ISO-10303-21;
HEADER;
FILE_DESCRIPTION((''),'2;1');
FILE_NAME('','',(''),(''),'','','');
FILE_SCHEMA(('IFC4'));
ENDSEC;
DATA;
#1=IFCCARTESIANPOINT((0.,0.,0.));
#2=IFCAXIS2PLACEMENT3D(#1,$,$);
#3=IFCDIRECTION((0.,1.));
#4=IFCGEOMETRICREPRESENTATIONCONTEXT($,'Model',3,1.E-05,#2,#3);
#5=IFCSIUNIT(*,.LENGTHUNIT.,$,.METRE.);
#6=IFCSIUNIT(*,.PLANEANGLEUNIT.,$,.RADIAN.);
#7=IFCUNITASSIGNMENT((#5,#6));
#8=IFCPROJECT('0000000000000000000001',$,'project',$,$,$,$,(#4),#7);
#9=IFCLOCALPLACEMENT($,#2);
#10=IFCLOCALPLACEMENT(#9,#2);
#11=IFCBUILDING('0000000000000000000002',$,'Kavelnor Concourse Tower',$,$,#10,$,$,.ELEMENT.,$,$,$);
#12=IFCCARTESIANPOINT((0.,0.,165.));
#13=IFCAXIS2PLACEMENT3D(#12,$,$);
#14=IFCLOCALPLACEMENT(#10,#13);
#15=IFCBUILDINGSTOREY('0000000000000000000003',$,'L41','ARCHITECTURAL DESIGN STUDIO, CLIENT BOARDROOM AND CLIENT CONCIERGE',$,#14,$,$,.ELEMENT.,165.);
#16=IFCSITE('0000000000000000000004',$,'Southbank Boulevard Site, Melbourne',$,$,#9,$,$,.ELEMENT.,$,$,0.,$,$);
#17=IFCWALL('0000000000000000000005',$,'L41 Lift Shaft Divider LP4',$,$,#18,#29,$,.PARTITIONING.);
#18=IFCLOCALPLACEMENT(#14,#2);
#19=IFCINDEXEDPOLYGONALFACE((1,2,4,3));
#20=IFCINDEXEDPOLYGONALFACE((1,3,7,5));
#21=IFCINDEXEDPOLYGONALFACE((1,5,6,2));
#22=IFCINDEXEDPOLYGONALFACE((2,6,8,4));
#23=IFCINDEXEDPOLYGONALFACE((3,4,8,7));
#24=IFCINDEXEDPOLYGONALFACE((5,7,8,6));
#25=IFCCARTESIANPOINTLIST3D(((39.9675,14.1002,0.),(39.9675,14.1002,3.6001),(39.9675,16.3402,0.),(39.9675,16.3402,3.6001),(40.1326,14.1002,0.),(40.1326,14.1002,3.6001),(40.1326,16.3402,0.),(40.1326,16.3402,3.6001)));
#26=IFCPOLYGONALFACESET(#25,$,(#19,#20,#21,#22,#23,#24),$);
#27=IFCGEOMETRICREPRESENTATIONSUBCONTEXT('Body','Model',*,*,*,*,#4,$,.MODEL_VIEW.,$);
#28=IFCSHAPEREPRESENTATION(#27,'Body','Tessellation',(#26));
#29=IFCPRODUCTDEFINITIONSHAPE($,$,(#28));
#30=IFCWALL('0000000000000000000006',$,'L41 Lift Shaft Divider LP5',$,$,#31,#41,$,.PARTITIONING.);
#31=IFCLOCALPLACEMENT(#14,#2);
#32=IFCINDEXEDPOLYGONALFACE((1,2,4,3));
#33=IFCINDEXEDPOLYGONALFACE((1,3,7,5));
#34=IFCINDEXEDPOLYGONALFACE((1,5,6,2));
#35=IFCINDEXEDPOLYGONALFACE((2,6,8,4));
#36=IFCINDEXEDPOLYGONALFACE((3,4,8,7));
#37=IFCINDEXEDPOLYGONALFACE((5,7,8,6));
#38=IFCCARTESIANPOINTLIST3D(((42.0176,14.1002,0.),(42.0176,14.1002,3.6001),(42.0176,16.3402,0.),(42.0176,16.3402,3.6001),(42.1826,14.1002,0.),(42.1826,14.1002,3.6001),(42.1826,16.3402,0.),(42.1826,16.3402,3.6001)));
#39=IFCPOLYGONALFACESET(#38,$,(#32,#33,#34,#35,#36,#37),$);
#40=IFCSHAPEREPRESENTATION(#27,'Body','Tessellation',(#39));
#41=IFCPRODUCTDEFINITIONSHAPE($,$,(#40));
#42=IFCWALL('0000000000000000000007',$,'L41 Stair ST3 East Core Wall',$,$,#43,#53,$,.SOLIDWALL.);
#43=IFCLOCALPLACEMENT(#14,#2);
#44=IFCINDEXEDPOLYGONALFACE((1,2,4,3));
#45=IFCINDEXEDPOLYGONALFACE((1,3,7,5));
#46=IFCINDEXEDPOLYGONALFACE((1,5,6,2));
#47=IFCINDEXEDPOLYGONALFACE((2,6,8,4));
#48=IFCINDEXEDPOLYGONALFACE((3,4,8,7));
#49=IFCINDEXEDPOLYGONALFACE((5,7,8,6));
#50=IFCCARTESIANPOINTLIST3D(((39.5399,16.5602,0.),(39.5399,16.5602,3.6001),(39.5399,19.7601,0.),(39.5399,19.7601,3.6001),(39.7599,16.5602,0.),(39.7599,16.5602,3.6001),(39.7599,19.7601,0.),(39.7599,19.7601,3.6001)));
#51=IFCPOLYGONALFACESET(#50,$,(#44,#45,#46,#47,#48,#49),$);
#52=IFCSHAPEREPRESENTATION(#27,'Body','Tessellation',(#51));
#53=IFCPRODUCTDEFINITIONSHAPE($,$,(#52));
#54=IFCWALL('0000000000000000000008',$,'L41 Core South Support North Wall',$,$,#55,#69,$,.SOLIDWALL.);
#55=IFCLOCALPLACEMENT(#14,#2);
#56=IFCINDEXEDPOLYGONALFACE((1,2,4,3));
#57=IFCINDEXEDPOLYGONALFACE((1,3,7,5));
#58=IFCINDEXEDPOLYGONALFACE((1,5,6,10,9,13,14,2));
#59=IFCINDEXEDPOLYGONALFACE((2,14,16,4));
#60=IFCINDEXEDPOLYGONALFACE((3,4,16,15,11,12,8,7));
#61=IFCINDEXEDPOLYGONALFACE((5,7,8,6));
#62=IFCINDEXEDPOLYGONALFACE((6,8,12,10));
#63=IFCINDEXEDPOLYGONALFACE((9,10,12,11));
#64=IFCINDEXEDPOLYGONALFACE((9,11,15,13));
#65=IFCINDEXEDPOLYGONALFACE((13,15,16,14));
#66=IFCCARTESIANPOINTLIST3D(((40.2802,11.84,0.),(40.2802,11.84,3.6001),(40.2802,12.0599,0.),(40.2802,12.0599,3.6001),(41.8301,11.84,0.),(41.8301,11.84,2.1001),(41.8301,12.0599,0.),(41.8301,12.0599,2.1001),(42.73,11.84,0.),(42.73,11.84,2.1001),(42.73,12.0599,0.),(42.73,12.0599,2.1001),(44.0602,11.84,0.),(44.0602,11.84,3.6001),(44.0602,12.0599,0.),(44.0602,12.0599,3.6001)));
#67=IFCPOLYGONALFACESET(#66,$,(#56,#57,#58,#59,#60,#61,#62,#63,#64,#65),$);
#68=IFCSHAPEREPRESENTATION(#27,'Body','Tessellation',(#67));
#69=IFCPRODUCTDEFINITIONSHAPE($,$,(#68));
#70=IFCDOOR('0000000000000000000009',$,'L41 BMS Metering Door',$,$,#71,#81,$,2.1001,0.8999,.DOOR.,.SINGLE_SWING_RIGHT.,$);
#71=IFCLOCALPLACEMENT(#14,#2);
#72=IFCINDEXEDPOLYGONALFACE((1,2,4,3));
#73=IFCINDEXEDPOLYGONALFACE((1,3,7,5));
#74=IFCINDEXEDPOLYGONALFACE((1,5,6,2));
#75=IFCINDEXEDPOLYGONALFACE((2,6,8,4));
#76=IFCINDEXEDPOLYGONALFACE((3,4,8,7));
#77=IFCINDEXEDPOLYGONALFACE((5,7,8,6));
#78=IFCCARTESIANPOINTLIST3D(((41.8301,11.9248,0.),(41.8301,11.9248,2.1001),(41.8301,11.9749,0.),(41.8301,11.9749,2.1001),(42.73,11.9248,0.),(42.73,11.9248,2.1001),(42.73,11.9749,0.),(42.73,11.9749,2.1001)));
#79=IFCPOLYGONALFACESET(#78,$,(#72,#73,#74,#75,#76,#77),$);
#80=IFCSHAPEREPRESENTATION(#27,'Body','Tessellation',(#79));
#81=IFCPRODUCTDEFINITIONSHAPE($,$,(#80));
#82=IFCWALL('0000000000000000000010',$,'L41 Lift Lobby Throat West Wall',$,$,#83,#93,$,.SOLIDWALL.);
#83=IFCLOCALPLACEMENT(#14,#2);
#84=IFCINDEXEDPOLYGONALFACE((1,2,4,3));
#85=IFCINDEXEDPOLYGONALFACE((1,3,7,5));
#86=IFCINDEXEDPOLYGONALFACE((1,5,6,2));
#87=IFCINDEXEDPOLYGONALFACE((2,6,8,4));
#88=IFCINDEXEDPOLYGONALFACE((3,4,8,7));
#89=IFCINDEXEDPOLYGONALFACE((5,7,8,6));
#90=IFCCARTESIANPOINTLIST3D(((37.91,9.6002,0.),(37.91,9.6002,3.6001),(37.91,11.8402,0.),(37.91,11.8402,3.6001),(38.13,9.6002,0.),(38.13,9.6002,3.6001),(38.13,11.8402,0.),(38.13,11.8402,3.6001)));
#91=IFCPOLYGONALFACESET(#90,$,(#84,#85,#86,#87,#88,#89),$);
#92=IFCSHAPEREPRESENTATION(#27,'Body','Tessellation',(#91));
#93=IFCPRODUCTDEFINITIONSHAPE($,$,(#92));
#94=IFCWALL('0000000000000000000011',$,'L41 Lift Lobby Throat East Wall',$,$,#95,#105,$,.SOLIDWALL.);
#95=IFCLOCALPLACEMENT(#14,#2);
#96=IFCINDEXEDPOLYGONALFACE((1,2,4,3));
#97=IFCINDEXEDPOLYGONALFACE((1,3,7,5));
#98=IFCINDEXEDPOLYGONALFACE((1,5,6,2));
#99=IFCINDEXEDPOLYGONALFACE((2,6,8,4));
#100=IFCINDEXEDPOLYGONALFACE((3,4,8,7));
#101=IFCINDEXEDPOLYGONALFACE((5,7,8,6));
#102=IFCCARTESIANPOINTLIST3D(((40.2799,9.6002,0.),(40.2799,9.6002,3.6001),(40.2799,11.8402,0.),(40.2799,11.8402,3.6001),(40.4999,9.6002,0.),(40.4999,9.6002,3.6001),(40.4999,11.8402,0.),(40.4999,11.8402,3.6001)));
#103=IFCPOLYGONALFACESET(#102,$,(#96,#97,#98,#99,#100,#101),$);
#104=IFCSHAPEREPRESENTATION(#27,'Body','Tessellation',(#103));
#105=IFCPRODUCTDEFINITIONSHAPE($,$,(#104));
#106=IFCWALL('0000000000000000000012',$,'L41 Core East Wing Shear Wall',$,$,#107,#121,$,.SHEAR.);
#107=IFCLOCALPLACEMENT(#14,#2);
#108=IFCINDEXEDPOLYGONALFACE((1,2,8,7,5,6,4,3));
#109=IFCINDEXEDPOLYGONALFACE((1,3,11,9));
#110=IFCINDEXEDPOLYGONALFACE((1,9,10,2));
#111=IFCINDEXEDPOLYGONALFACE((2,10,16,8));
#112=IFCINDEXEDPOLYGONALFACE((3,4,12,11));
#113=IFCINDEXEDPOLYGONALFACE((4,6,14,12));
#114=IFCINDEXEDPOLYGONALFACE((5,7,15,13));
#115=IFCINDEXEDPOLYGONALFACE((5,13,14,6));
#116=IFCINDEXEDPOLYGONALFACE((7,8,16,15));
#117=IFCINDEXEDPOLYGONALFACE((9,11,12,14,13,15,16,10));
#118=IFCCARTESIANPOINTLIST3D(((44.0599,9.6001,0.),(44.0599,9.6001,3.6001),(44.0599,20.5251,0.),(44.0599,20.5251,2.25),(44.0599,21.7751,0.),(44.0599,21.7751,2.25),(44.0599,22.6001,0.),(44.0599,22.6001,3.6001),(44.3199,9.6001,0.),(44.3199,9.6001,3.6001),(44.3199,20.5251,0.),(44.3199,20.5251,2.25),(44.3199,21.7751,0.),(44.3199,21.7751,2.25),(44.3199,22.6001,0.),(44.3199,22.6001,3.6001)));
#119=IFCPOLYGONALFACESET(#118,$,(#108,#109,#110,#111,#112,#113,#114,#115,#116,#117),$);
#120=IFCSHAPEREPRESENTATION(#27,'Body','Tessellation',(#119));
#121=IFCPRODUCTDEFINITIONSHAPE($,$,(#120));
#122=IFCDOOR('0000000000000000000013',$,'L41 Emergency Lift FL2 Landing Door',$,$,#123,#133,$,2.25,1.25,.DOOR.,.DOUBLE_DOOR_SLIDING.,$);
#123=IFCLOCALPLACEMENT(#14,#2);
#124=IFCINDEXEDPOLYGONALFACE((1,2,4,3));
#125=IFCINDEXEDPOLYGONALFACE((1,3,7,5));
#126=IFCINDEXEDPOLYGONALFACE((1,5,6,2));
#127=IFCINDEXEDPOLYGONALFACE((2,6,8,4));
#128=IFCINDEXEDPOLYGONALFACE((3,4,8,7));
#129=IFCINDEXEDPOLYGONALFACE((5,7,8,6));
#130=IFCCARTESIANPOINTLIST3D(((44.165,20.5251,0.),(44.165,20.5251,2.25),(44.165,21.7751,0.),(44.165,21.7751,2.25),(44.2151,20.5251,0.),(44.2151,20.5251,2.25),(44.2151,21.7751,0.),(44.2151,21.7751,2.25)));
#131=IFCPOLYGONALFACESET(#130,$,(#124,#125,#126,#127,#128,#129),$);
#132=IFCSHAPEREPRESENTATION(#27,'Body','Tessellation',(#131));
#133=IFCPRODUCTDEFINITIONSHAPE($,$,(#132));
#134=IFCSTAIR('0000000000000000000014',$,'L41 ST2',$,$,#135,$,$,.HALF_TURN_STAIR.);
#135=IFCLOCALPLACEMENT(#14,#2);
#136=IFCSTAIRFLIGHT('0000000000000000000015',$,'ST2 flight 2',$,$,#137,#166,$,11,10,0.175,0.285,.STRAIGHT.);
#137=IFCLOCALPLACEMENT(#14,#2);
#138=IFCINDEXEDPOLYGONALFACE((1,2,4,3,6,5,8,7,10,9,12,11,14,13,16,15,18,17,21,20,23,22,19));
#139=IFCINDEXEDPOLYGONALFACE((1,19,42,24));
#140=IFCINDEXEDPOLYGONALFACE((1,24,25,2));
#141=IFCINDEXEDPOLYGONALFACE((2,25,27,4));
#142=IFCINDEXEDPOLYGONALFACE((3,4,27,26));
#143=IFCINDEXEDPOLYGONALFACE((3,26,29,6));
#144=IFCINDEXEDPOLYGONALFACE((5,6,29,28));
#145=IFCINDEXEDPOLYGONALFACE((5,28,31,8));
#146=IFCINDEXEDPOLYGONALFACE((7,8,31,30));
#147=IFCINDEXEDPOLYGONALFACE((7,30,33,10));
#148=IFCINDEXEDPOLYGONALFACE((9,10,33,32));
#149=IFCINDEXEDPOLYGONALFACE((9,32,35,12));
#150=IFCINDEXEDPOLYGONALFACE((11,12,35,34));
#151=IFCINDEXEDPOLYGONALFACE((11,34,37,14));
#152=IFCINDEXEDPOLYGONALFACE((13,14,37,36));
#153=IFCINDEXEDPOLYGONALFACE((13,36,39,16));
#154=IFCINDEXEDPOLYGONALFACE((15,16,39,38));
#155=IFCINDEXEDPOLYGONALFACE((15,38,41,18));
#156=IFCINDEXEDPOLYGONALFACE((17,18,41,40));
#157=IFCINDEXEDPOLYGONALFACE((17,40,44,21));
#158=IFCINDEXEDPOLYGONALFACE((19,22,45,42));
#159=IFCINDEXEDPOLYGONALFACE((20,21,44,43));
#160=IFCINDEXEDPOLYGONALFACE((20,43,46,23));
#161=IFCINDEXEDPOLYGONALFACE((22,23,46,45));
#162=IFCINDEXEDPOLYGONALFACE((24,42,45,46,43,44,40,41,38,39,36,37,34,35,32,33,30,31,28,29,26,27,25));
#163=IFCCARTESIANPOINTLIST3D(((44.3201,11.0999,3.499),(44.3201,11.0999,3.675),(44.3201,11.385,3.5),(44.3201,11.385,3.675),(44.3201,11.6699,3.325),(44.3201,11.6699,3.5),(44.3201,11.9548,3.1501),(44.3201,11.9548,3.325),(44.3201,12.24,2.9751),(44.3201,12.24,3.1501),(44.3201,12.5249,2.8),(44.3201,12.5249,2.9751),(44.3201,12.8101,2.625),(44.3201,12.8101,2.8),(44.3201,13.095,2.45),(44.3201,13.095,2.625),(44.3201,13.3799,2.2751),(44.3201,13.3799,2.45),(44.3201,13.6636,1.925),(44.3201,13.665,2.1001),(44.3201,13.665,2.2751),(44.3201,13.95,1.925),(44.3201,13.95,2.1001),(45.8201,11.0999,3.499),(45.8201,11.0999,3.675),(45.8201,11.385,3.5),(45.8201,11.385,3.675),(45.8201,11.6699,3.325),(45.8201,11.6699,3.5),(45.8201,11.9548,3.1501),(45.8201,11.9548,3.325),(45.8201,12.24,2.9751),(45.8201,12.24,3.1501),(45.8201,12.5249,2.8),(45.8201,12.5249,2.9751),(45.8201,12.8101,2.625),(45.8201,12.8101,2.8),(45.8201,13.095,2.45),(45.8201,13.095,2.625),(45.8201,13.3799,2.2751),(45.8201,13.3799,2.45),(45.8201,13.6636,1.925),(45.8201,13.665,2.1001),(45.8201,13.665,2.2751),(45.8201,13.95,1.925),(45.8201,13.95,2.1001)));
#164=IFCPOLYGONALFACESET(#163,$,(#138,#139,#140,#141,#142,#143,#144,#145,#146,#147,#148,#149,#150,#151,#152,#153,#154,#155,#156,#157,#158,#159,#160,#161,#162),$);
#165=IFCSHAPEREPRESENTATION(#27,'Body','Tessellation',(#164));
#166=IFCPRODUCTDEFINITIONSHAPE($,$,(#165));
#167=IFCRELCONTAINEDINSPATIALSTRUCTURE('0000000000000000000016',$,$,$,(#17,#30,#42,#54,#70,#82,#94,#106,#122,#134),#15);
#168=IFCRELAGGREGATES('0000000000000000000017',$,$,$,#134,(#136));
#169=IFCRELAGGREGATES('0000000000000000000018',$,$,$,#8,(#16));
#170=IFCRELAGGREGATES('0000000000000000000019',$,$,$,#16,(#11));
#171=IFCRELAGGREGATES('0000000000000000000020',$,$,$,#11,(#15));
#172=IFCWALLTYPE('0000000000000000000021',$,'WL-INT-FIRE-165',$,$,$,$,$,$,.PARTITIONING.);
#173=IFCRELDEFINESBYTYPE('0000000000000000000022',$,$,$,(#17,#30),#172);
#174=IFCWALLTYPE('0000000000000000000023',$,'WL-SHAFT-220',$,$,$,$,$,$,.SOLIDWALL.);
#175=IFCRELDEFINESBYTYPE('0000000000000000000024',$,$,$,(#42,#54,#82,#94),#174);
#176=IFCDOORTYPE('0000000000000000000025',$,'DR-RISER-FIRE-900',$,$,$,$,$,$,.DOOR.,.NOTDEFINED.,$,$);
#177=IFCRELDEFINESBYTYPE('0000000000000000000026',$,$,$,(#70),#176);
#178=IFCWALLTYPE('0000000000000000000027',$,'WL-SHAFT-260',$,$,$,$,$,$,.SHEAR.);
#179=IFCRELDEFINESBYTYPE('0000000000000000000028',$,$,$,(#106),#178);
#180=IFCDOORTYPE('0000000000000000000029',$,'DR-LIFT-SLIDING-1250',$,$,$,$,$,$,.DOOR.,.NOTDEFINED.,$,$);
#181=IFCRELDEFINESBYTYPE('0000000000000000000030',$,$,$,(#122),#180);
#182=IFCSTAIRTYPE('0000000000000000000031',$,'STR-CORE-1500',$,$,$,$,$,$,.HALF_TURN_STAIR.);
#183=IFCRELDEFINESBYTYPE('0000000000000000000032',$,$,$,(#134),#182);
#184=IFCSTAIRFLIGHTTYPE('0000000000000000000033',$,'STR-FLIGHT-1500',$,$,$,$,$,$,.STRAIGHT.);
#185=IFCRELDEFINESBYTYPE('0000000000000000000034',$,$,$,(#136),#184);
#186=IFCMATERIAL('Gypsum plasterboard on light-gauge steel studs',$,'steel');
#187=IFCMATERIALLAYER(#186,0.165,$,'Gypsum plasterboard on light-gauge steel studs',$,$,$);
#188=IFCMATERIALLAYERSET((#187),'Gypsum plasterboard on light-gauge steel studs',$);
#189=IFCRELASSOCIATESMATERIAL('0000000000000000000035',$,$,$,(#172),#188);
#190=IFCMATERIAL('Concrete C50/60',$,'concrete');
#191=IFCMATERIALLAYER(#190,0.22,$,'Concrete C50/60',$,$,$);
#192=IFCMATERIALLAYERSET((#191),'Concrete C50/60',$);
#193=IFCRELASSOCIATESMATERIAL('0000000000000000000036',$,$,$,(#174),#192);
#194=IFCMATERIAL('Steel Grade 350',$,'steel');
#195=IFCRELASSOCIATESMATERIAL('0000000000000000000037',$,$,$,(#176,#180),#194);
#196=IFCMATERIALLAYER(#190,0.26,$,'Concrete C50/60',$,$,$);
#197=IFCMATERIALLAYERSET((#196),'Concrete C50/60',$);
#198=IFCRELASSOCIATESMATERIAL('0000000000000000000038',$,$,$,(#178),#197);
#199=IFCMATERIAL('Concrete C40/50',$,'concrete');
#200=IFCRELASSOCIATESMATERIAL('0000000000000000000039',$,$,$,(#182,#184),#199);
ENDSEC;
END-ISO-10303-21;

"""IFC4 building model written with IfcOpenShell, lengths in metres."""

from ifc_helpers import new_model, si_unit, direction, frame, frame_2d, origin, place, context, subcontext, project, spatial, polyline, rectangle, outline, extrude, material, layer, layer_set, type_object, element, fill, aggregate, save


model = new_model("IFC4")

# Units and contexts
model_context = context("Model", 3, precision=1e-05, world=origin(), true_north=direction((0.0, 1.0)))
body_context = subcontext(model_context, "Body", "Model", "MODEL_VIEW")
ifc_project = project(units=[si_unit("LENGTHUNIT", "METRE"), si_unit("PLANEANGLEUNIT", "RADIAN")], contexts=[model_context])

# Site, building, storey
site_placement = place(None, origin())
site = spatial("IfcSite", under=ifc_project, at=site_placement, Name="Southbank Boulevard Site, Melbourne", CompositionType="ELEMENT", RefElevation=0.0)
building_placement = place(site_placement, origin())
building = spatial("IfcBuilding", under=site, at=building_placement, Name="Kavelnor Concourse Tower", CompositionType="ELEMENT")
storey_placement = place(building_placement, frame((0.0, 0.0, 165.0)))
storey = spatial("IfcBuildingStorey", under=building, at=storey_placement, Name="L41", Description="ARCHITECTURAL DESIGN STUDIO, CLIENT BOARDROOM AND CLIENT CONCIERGE", CompositionType="ELEMENT", Elevation=165.0)

# Shared definitions
ifc_material_1 = material(Name="Steel Grade 350", Category="steel")

# Walls
ifc_material_2 = material(Name="Gypsum plasterboard on light-gauge steel studs", Category="steel")
ifc_layer_1 = layer(ifc_material_2, 0.165, Name="Gypsum plasterboard on light-gauge steel studs")
ifc_layer_set_1 = layer_set([ifc_layer_1], Name="Gypsum plasterboard on light-gauge steel studs")
wall_type_1 = type_object("IfcWallType", Name="WL-INT-FIRE-165", PredefinedType="PARTITIONING", material=ifc_layer_set_1)
for number, where, z_axis, x_axis, name in (
    (1, (40.05, 14.1001, 0.0), (0.0, 0.0, 1.0), (0.0, 1.0, 0.0), "L41 Lift Shaft Divider LP4"),
    (2, (42.1001, 14.1001, 0.0), (0.0, 0.0, 1.0), (0.0, 1.0, 0.0), "L41 Lift Shaft Divider LP5"),
):
    element("IfcWall", number, at=place(storey_placement, frame(where, z_axis=z_axis, x_axis=x_axis)), inside=storey, type_object=wall_type_1, Name=name, PredefinedType="PARTITIONING", context=body_context, shape_type="SweptSolid", body=[
        extrude(rectangle(XDim=2.24, YDim=0.165, at=frame_2d((1.1201, 0.0))), origin(), (0.0, 0.0, 1.0), 3.6001),
    ])
ifc_material_3 = material(Name="Concrete C50/60", Category="concrete")
ifc_layer_2 = layer(ifc_material_3, 0.22, Name="Concrete C50/60")
ifc_layer_set_2 = layer_set([ifc_layer_2], Name="Concrete C50/60")
wall_type_2 = type_object("IfcWallType", Name="WL-SHAFT-220", PredefinedType="SOLIDWALL", material=ifc_layer_set_2)
wall_1_placement = place(storey_placement, frame((39.6499, 16.5601, 0.0), z_axis=(0.0, 0.0, 1.0), x_axis=(0.0, 1.0, 0.0)))
element("IfcWall", 3, at=wall_1_placement, inside=storey, type_object=wall_type_2, Name="L41 Stair ST3 East Core Wall", PredefinedType="SOLIDWALL", context=body_context, shape_type="SweptSolid", body=[
    extrude(rectangle(XDim=3.2, YDim=0.22, at=frame_2d((1.6001, 0.0))), origin(), (0.0, 0.0, 1.0), 3.6001),
])

# Wall, opening, door
wall_2_placement = place(storey_placement, frame((40.28, 11.95, 0.0), z_axis=(0.0, 0.0, 1.0), x_axis=(1.0, 0.0, 0.0)))
wall_2 = element("IfcWall", 4, at=wall_2_placement, inside=storey, type_object=wall_type_2, Name="L41 Core South Support North Wall", PredefinedType="SOLIDWALL", context=body_context, shape_type="SweptSolid", body=[
    extrude(rectangle(XDim=3.78, YDim=0.22, at=frame_2d((1.8901, 0.0))), origin(), (0.0, 0.0, 1.0), 3.6001),
])
opening_1_placement = place(wall_2_placement, frame((1.55, 0.0, 0.0)))
opening_1 = element("IfcOpeningElement", 5, at=opening_1_placement, cuts=wall_2, PredefinedType="OPENING", context=body_context, shape_type="SweptSolid", body=[
    extrude(rectangle(XDim=0.8999, YDim=2.1001, at=frame_2d((0.45, 1.05))), frame((0.0, 0.1201, 0.0), z_axis=(0.0, -1.0, 0.0), x_axis=(1.0, 0.0, 0.0)), (0.0, 0.0, 1.0), 0.24),
])
door_type_1 = type_object("IfcDoorType", Name="DR-RISER-FIRE-900", OperationType="NOTDEFINED", PredefinedType="DOOR", material=ifc_material_1)
door_1_placement = place(opening_1_placement, origin())
door_1 = element("IfcDoor", 6, at=door_1_placement, inside=storey, type_object=door_type_1, Name="L41 BMS Metering Door", OperationType="SINGLE_SWING_RIGHT", OverallHeight=2.1001, OverallWidth=0.8999, PredefinedType="DOOR", context=body_context, shape_type="SweptSolid", body=[
    extrude(rectangle(XDim=0.8999, YDim=2.1001, at=frame_2d((0.45, 1.05))), frame((0.0, 0.0249, 0.0), z_axis=(0.0, -1.0, 0.0), x_axis=(1.0, 0.0, 0.0)), (0.0, 0.0, 1.0), 0.05),
])
fill(opening_1, door_1)

# Walls
for number, where, z_axis, x_axis, name in (
    (7, (38.02, 9.6001, 0.0), (0.0, 0.0, 1.0), (0.0, 1.0, 0.0), "L41 Lift Lobby Throat West Wall"),
    (8, (40.3899, 9.6001, 0.0), (0.0, 0.0, 1.0), (0.0, 1.0, 0.0), "L41 Lift Lobby Throat East Wall"),
):
    element("IfcWall", number, at=place(storey_placement, frame(where, z_axis=z_axis, x_axis=x_axis)), inside=storey, type_object=wall_type_2, Name=name, PredefinedType="SOLIDWALL", context=body_context, shape_type="SweptSolid", body=[
        extrude(rectangle(XDim=2.24, YDim=0.22, at=frame_2d((1.1201, 0.0))), origin(), (0.0, 0.0, 1.0), 3.6001),
    ])

# Wall, opening, door
ifc_layer_3 = layer(ifc_material_3, 0.26, Name="Concrete C50/60")
ifc_layer_set_3 = layer_set([ifc_layer_3], Name="Concrete C50/60")
wall_type_3 = type_object("IfcWallType", Name="WL-SHAFT-260", PredefinedType="SHEAR", material=ifc_layer_set_3)
wall_3_placement = place(storey_placement, frame((44.1899, 9.6001, 0.0), z_axis=(0.0, 0.0, 1.0), x_axis=(0.0, 1.0, 0.0)))
wall_3 = element("IfcWall", 9, at=wall_3_placement, inside=storey, type_object=wall_type_3, Name="L41 Core East Wing Shear Wall", PredefinedType="SHEAR", context=body_context, shape_type="SweptSolid", body=[
    extrude(rectangle(XDim=13.0, YDim=0.26, at=frame_2d((6.5, 0.0))), origin(), (0.0, 0.0, 1.0), 3.6001),
])
opening_2_placement = place(wall_3_placement, frame((10.925, 0.0, 0.0)))
opening_2 = element("IfcOpeningElement", 10, at=opening_2_placement, cuts=wall_3, PredefinedType="OPENING", context=body_context, shape_type="SweptSolid", body=[
    extrude(rectangle(XDim=1.25, YDim=2.25, at=frame_2d((0.625, 1.125))), frame((0.0, 0.1401, 0.0), z_axis=(0.0, -1.0, 0.0), x_axis=(1.0, 0.0, 0.0)), (0.0, 0.0, 1.0), 0.28),
])
door_type_2 = type_object("IfcDoorType", Name="DR-LIFT-SLIDING-1250", OperationType="NOTDEFINED", PredefinedType="DOOR", material=ifc_material_1)
door_2_placement = place(opening_2_placement, origin())
door_2 = element("IfcDoor", 11, at=door_2_placement, inside=storey, type_object=door_type_2, Name="L41 Emergency Lift FL2 Landing Door", OperationType="DOUBLE_DOOR_SLIDING", OverallHeight=2.25, OverallWidth=1.25, PredefinedType="DOOR", context=body_context, shape_type="SweptSolid", body=[
    extrude(rectangle(XDim=1.25, YDim=2.25, at=frame_2d((0.625, 1.125))), frame((0.0, 0.0249, 0.0), z_axis=(0.0, -1.0, 0.0), x_axis=(1.0, 0.0, 0.0)), (0.0, 0.0, 1.0), 0.05),
])
fill(opening_2, door_2)

# Stair, stair flight
ifc_material_4 = material(Name="Concrete C40/50", Category="concrete")
stair_type = type_object("IfcStairType", Name="STR-CORE-1500", PredefinedType="HALF_TURN_STAIR", material=ifc_material_4)
stair_placement = place(storey_placement, origin())
stair = element("IfcStair", 12, at=stair_placement, inside=storey, type_object=stair_type, Name="L41 ST2", PredefinedType="HALF_TURN_STAIR")
stair_flight_type = type_object("IfcStairFlightType", Name="STR-FLIGHT-1500", PredefinedType="STRAIGHT", material=ifc_material_4)
stair_flight_placement = place(storey_placement, frame((45.0701, 13.95, 1.925), z_axis=(0.0, 0.0, 1.0), x_axis=(0.0, -1.0, 0.0)))
stair_flight = element("IfcStairFlight", 13, at=stair_flight_placement, type_object=stair_flight_type, Name="ST2 flight 2", NumberOfRisers=11, NumberOfTreads=10, PredefinedType="STRAIGHT", RiserHeight=0.175, TreadLength=0.285, context=body_context, shape_type="SweptSolid", body=[
    extrude(outline(polyline([(0.0, 0.0), (0.0, 0.175), (0.2849, 0.175), (0.2849, 0.3501), (0.5701, 0.3501), (0.5701, 0.5249), (0.855, 0.5249), (0.855, 0.7), (1.1399, 0.7), (1.1399, 0.875), (1.425, 0.875), (1.425, 1.05), (1.71, 1.05), (1.71, 1.2251), (1.9951, 1.2251), (1.9951, 1.3999), (2.28, 1.3999), (2.28, 1.575), (2.5649, 1.575), (2.5649, 1.75), (2.8501, 1.75), (2.8501, 1.925), (2.8501, 1.574), (0.2864, 0.0), (0.0, 0.0)])), frame((0.0, 0.75, 0.0), z_axis=(0.0, -1.0, 0.0), x_axis=(1.0, 0.0, 0.0)), (0.0, 0.0, 1.0), 1.5),
])
aggregate(stair, [stair_flight])

save(model, "model.ifc")
